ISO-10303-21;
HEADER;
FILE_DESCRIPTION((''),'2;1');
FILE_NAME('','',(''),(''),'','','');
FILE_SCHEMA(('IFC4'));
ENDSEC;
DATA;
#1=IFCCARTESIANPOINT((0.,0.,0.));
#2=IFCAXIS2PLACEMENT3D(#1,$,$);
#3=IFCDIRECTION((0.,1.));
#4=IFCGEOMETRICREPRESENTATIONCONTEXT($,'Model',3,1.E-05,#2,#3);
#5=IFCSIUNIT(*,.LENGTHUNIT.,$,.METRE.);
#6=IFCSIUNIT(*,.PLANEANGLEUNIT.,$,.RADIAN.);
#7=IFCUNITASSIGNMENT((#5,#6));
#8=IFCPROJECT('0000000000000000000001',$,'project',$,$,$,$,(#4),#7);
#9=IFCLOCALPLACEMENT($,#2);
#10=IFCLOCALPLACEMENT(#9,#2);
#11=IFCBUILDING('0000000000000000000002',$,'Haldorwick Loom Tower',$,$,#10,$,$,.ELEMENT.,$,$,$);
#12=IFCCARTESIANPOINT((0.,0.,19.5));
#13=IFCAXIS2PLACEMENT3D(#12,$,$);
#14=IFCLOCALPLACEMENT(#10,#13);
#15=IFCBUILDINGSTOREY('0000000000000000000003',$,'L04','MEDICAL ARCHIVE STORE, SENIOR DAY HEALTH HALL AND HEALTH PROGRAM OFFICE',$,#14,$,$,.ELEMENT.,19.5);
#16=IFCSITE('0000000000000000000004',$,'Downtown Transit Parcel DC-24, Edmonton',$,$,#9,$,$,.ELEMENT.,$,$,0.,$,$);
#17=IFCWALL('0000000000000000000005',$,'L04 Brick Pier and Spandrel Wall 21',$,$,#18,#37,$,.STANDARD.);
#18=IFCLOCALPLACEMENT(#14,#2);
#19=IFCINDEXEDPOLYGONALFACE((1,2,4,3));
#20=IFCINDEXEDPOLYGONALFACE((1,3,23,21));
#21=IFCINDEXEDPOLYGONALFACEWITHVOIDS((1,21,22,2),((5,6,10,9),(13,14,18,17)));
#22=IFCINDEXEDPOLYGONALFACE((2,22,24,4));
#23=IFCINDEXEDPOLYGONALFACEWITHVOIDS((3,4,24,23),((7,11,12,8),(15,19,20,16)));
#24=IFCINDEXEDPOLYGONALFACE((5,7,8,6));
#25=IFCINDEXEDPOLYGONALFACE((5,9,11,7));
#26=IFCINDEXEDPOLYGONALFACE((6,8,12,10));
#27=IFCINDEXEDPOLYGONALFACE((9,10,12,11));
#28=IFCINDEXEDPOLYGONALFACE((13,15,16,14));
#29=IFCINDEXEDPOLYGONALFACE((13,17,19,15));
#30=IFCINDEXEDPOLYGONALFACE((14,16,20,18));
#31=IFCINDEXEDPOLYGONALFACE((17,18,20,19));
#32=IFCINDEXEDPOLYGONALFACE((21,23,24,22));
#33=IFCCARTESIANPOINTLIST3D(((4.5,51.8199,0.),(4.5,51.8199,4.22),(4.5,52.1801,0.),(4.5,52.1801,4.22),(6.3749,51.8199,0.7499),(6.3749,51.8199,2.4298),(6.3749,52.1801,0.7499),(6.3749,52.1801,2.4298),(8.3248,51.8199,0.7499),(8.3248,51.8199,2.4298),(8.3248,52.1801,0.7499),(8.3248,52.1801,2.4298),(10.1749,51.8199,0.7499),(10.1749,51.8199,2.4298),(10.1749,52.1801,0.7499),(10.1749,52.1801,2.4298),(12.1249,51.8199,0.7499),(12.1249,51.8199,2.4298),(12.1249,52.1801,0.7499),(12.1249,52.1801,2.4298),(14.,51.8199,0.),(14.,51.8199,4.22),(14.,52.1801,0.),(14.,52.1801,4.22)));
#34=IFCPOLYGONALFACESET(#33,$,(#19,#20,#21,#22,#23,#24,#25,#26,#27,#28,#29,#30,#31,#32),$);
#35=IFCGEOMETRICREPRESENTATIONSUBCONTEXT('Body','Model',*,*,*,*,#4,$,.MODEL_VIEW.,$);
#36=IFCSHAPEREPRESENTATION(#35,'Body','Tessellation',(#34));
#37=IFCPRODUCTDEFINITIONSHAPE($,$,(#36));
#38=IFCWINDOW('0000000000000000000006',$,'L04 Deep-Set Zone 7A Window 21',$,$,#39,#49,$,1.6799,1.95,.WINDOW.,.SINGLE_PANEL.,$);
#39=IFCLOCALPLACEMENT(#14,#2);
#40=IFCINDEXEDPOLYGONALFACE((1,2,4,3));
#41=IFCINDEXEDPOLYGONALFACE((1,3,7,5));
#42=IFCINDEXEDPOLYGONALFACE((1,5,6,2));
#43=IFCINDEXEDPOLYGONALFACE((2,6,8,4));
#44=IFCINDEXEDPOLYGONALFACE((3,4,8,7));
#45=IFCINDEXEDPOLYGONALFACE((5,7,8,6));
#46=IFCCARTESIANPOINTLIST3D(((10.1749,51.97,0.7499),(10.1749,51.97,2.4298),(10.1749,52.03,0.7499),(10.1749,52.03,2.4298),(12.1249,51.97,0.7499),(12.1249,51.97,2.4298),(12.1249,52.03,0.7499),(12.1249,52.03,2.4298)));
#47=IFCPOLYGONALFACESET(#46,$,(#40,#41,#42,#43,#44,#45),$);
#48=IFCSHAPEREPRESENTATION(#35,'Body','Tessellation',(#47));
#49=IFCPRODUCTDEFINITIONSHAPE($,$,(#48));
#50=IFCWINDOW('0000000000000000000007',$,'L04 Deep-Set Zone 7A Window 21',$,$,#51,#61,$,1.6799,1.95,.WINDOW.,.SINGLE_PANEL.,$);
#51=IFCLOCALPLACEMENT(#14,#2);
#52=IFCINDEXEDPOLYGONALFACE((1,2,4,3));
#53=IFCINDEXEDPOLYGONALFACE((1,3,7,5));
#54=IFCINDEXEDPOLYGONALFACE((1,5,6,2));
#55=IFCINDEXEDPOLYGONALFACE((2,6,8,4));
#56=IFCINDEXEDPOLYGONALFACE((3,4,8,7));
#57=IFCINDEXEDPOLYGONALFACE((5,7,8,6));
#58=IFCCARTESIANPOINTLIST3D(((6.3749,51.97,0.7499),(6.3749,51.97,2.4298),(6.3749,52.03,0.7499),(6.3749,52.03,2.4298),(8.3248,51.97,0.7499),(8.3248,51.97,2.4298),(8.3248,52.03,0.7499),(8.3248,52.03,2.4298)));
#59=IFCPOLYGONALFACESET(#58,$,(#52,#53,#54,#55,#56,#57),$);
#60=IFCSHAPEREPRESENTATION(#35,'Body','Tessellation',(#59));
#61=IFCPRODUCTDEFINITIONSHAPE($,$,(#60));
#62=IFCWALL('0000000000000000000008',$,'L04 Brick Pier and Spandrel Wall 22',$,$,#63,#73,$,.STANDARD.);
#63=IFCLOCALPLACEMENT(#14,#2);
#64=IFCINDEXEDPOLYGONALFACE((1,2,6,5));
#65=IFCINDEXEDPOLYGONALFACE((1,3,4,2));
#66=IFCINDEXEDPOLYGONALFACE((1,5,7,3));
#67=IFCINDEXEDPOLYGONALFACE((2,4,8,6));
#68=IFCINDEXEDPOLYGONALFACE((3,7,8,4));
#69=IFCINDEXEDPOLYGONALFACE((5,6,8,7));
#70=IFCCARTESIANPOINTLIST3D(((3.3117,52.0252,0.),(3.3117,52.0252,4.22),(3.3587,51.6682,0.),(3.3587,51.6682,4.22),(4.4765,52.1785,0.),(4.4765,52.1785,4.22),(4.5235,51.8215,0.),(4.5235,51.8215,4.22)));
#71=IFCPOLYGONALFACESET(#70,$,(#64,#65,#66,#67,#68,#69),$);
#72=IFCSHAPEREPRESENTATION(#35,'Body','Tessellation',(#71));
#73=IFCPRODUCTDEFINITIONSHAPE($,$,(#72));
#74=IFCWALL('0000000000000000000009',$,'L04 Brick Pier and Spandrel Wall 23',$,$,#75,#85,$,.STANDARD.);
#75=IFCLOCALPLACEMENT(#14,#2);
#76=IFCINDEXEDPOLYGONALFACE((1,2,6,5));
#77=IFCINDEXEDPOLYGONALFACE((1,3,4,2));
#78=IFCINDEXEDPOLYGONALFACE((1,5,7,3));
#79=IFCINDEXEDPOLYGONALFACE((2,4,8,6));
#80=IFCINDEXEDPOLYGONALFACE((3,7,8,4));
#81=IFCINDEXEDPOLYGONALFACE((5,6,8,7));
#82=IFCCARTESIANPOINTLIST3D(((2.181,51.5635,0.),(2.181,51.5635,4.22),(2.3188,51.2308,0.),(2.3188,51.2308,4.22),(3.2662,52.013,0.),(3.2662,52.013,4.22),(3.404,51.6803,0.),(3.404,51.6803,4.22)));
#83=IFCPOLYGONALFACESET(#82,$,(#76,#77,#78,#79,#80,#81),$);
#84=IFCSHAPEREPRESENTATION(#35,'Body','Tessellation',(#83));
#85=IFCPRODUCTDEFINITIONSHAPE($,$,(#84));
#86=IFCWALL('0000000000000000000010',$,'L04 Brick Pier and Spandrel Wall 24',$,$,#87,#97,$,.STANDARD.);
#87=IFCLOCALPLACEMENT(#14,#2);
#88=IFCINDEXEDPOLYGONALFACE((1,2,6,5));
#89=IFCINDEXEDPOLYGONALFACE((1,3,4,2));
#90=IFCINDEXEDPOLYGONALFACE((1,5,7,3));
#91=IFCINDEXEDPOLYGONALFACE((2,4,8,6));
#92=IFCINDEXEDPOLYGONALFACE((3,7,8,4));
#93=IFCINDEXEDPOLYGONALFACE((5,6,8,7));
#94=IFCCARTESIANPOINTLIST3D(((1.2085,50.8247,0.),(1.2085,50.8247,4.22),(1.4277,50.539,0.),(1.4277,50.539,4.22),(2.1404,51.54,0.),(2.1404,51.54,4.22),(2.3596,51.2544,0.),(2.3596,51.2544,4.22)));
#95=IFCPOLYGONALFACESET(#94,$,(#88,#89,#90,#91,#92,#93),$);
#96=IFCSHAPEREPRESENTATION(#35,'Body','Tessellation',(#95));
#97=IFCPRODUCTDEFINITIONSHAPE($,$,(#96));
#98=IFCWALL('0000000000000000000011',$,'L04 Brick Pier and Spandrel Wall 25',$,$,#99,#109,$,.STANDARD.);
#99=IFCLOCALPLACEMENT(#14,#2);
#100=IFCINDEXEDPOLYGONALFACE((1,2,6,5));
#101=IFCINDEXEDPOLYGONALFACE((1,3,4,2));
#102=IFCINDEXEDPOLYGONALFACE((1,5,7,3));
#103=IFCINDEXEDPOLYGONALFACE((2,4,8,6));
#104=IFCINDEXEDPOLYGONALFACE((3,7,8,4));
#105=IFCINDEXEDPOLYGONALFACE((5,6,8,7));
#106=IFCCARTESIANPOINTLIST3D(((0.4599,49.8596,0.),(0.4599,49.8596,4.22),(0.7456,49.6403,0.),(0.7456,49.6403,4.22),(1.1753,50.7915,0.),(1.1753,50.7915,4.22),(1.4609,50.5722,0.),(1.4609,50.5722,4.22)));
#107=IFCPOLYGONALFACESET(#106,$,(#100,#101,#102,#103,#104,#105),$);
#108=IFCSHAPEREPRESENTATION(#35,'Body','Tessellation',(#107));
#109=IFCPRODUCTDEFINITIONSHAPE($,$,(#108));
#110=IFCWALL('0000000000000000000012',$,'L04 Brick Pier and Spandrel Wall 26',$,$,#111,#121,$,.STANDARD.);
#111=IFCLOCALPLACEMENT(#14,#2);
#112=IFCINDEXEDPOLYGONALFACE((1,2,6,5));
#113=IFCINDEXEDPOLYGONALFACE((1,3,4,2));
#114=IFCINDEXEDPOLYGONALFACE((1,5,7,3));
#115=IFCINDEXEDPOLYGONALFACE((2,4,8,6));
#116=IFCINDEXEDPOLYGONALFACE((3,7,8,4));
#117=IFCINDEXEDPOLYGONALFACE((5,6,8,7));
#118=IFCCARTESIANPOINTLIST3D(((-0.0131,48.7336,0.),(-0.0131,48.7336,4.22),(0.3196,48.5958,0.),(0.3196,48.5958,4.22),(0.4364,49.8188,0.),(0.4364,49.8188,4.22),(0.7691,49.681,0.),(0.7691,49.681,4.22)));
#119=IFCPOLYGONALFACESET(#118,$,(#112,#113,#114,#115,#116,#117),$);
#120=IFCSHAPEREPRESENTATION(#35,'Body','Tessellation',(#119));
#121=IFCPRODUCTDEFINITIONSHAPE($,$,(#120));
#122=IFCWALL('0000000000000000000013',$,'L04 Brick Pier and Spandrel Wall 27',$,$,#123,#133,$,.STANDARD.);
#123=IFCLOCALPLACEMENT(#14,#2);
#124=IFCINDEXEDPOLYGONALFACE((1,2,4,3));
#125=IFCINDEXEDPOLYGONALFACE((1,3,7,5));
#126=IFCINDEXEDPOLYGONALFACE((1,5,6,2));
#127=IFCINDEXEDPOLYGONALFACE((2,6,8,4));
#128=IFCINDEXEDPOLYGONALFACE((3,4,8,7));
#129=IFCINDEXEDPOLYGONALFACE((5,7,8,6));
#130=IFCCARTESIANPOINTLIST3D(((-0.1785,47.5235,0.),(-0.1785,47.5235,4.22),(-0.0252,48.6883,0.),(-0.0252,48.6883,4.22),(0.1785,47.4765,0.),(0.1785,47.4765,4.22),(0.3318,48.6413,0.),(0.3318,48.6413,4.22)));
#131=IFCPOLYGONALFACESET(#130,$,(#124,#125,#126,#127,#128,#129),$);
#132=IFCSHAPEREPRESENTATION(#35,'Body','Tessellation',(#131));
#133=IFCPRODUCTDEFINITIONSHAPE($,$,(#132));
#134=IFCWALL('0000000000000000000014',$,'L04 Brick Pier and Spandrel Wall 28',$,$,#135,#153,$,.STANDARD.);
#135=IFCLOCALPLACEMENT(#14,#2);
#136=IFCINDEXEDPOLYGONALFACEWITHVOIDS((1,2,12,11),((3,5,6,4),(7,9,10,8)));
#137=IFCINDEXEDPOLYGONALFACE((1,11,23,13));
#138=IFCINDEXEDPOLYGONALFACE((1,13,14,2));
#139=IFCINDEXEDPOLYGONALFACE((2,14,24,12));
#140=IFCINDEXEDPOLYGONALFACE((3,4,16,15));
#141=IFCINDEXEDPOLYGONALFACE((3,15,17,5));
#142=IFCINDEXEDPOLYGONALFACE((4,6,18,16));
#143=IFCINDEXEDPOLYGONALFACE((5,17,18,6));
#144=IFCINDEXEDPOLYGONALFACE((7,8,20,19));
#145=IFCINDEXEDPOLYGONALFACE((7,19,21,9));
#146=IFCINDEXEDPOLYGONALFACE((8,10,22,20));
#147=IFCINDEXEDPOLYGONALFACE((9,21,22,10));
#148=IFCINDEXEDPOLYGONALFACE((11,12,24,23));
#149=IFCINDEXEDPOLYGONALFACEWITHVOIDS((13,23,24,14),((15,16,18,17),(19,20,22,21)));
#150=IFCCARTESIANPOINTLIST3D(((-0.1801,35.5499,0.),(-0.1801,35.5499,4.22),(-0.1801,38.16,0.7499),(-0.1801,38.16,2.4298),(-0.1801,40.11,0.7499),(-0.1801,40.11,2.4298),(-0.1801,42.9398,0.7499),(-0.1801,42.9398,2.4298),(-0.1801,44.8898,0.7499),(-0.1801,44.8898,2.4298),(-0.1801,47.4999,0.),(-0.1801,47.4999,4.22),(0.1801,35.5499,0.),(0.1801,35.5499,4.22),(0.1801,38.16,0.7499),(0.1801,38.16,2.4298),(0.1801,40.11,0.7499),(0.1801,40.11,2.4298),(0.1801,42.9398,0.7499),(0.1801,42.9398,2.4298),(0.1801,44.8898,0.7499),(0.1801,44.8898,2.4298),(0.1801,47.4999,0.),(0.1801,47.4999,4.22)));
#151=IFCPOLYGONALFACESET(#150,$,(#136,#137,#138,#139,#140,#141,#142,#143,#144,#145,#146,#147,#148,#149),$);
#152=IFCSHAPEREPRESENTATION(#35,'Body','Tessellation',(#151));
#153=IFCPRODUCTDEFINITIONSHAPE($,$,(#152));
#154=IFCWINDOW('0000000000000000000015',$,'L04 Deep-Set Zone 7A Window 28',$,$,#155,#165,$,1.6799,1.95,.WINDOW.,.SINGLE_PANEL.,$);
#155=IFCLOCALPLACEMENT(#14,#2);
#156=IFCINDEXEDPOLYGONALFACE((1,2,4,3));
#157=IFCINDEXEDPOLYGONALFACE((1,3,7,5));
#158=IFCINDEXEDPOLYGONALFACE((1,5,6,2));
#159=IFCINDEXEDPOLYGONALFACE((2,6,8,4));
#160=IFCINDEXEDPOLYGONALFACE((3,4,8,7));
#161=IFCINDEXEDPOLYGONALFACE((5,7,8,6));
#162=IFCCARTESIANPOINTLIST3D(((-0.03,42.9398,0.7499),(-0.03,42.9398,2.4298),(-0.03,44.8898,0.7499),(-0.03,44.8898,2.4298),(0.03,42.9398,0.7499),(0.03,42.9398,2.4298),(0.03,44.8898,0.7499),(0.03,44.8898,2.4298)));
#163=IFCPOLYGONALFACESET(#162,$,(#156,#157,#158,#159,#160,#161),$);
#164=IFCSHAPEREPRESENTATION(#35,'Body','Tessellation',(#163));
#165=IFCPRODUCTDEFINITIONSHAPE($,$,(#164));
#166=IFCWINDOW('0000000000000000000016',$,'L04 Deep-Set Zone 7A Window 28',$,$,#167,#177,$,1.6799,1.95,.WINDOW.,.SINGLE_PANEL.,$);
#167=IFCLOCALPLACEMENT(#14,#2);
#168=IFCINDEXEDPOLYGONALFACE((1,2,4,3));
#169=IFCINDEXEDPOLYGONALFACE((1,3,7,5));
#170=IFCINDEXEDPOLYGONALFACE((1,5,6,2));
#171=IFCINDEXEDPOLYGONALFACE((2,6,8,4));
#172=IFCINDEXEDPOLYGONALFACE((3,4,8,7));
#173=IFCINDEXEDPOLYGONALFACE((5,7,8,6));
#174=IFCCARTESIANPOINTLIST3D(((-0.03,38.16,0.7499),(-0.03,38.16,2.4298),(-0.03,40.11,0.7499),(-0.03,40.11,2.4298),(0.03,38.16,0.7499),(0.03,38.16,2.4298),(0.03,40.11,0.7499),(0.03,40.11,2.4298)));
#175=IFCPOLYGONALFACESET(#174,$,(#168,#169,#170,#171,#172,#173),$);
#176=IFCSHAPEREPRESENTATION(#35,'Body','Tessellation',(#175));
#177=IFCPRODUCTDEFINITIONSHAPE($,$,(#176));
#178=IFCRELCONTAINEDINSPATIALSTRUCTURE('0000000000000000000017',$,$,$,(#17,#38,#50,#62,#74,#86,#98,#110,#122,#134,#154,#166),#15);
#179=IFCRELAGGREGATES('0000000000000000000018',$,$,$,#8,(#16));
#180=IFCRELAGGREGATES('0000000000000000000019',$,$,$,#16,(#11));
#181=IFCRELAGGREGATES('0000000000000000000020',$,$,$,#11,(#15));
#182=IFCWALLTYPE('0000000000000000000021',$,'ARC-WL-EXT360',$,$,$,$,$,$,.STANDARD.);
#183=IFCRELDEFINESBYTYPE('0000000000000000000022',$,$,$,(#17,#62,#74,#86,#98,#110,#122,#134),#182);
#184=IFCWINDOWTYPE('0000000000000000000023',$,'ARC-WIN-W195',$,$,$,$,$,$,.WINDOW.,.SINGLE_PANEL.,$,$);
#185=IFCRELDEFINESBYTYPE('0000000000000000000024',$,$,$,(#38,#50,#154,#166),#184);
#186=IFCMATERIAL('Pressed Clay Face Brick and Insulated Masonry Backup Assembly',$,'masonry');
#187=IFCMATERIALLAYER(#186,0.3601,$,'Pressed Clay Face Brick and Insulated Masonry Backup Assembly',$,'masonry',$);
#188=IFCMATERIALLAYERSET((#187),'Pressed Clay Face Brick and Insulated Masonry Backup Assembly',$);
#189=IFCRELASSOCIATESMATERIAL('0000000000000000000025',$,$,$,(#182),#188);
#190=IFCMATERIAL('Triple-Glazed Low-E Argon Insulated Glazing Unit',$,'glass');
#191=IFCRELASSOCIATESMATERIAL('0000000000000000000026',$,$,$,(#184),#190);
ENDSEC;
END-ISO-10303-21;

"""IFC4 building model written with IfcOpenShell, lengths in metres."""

from ifc_helpers import new_model, si_unit, direction, frame, frame_2d, origin, place, context, subcontext, project, spatial, rectangle, extrude, material, layer, layer_set, type_object, element, fill, save


model = new_model("IFC4")

# Units and contexts
model_context = context("Model", 3, precision=1e-05, world=origin(), true_north=direction((0.0, 1.0)))
body_context = subcontext(model_context, "Body", "Model", "MODEL_VIEW")
ifc_project = project(units=[si_unit("LENGTHUNIT", "METRE"), si_unit("PLANEANGLEUNIT", "RADIAN")], contexts=[model_context])

# Site, building, storey
site_placement = place(None, origin())
site = spatial("IfcSite", under=ifc_project, at=site_placement, Name="Downtown Transit Parcel DC-24, Edmonton", CompositionType="ELEMENT", RefElevation=0.0)
building_placement = place(site_placement, origin())
building = spatial("IfcBuilding", under=site, at=building_placement, Name="Haldorwick Loom Tower", CompositionType="ELEMENT")
storey_placement = place(building_placement, frame((0.0, 0.0, 19.5)))
storey = spatial("IfcBuildingStorey", under=building, at=storey_placement, Name="L04", Description="MEDICAL ARCHIVE STORE, SENIOR DAY HEALTH HALL AND HEALTH PROGRAM OFFICE", CompositionType="ELEMENT", Elevation=19.5)

# Wall, openings, windows
ifc_material_1 = material(Name="Pressed Clay Face Brick and Insulated Masonry Backup Assembly", Category="masonry")
ifc_layer_1 = layer(ifc_material_1, 0.3601, Name="Pressed Clay Face Brick and Insulated Masonry Backup Assembly", Category="masonry")
ifc_layer_set_1 = layer_set([ifc_layer_1], Name="Pressed Clay Face Brick and Insulated Masonry Backup Assembly")
wall_type_1 = type_object("IfcWallType", Name="ARC-WL-EXT360", PredefinedType="STANDARD", material=ifc_layer_set_1)
wall_1_placement = place(storey_placement, frame((14.0, 52.0, 0.0), z_axis=(0.0, 0.0, 1.0), x_axis=(-1.0, 0.0, 0.0)))
wall_1 = element("IfcWall", 1, at=wall_1_placement, inside=storey, type_object=wall_type_1, Name="L04 Brick Pier and Spandrel Wall 21", PredefinedType="STANDARD", context=body_context, shape_type="SweptSolid", body=[
    extrude(rectangle(XDim=9.5, YDim=0.3601, at=frame_2d((4.75, 0.0))), origin(), (0.0, 0.0, 1.0), 4.22),
])
opening_1_placement = place(wall_1_placement, frame((1.875, 0.0, 0.75)))
opening_1 = element("IfcOpeningElement", 2, at=opening_1_placement, cuts=wall_1, PredefinedType="OPENING", context=body_context, shape_type="SweptSolid", body=[
    extrude(rectangle(XDim=1.95, YDim=1.6799, at=frame_2d((0.9751, 0.8398))), frame((0.0, 0.1899, 0.0), z_axis=(0.0, -1.0, 0.0), x_axis=(1.0, 0.0, 0.0)), (0.0, 0.0, 1.0), 0.3801),
])
opening_2_placement = place(wall_1_placement, frame((5.675, 0.0, 0.75)))
opening_2 = element("IfcOpeningElement", 3, at=opening_2_placement, cuts=wall_1, PredefinedType="OPENING", context=body_context, shape_type="SweptSolid", body=[
    extrude(rectangle(XDim=1.95, YDim=1.6799, at=frame_2d((0.9751, 0.8398))), frame((0.0, 0.1899, 0.0), z_axis=(0.0, -1.0, 0.0), x_axis=(1.0, 0.0, 0.0)), (0.0, 0.0, 1.0), 0.3801),
])
ifc_material_2 = material(Name="Triple-Glazed Low-E Argon Insulated Glazing Unit", Category="glass")
window_type = type_object("IfcWindowType", Name="ARC-WIN-W195", PartitioningType="SINGLE_PANEL", PredefinedType="WINDOW", material=ifc_material_2)
window_1_placement = place(opening_1_placement, origin())
window_1 = element("IfcWindow", 4, at=window_1_placement, inside=storey, type_object=window_type, Name="L04 Deep-Set Zone 7A Window 21", OverallHeight=1.6799, OverallWidth=1.95, PartitioningType="SINGLE_PANEL", PredefinedType="WINDOW", context=body_context, shape_type="SweptSolid", body=[
    extrude(rectangle(XDim=1.95, YDim=1.6799, at=frame_2d((0.9751, 0.8398))), frame((0.0, 0.03, 0.0), z_axis=(0.0, -1.0, 0.0), x_axis=(1.0, 0.0, 0.0)), (0.0, 0.0, 1.0), 0.0601),
])
fill(opening_1, window_1)
window_2_placement = place(opening_2_placement, origin())
window_2 = element("IfcWindow", 5, at=window_2_placement, inside=storey, type_object=window_type, Name="L04 Deep-Set Zone 7A Window 21", OverallHeight=1.6799, OverallWidth=1.95, PartitioningType="SINGLE_PANEL", PredefinedType="WINDOW", context=body_context, shape_type="SweptSolid", body=[
    extrude(rectangle(XDim=1.95, YDim=1.6799, at=frame_2d((0.9751, 0.8398))), frame((0.0, 0.03, 0.0), z_axis=(0.0, -1.0, 0.0), x_axis=(1.0, 0.0, 0.0)), (0.0, 0.0, 1.0), 0.0601),
])
fill(opening_2, window_2)

# Walls
wall_2_placement = place(storey_placement, frame((4.5, 52.0, 0.0), z_axis=(0.0, 0.0, 1.0), x_axis=(-0.991448, -0.130503, 0.0)))
element("IfcWall", 6, at=wall_2_placement, inside=storey, type_object=wall_type_1, Name="L04 Brick Pier and Spandrel Wall 22", PredefinedType="STANDARD", context=body_context, shape_type="SweptSolid", body=[
    extrude(rectangle(XDim=1.1748, YDim=0.3601, at=frame_2d((0.5874, 0.0))), origin(), (0.0, 0.0, 1.0), 4.22),
])
wall_3_placement = place(storey_placement, frame((3.3352, 51.8467, 0.0), z_axis=(0.0, 0.0, 1.0), x_axis=(-0.923893, -0.382652, 0.0)))
element("IfcWall", 7, at=wall_3_placement, inside=storey, type_object=wall_type_1, Name="L04 Brick Pier and Spandrel Wall 23", PredefinedType="STANDARD", context=body_context, shape_type="SweptSolid", body=[
    extrude(rectangle(XDim=1.1746, YDim=0.3601, at=frame_2d((0.5874, 0.0))), origin(), (0.0, 0.0, 1.0), 4.22),
])
for number, where, z_axis, x_axis, name in (
    (8, (2.25, 51.3972, 0.0), (0.0, 0.0, 1.0), (-0.793242, -0.608907, 0.0), "L04 Brick Pier and Spandrel Wall 24"),
    (9, (1.3181, 50.6819, 0.0), (0.0, 0.0, 1.0), (-0.608907, -0.793242, 0.0), "L04 Brick Pier and Spandrel Wall 25"),
):
    element("IfcWall", number, at=place(storey_placement, frame(where, z_axis=z_axis, x_axis=x_axis)), inside=storey, type_object=wall_type_1, Name=name, PredefinedType="STANDARD", context=body_context, shape_type="SweptSolid", body=[
        extrude(rectangle(XDim=1.1748, YDim=0.3601, at=frame_2d((0.5874, 0.0))), origin(), (0.0, 0.0, 1.0), 4.22),
    ])
wall_4_placement = place(storey_placement, frame((0.6028, 49.75, 0.0), z_axis=(0.0, 0.0, 1.0), x_axis=(-0.382652, -0.923893, 0.0)))
element("IfcWall", 10, at=wall_4_placement, inside=storey, type_object=wall_type_1, Name="L04 Brick Pier and Spandrel Wall 26", PredefinedType="STANDARD", context=body_context, shape_type="SweptSolid", body=[
    extrude(rectangle(XDim=1.1746, YDim=0.3601, at=frame_2d((0.5874, 0.0))), origin(), (0.0, 0.0, 1.0), 4.22),
])
wall_5_placement = place(storey_placement, frame((0.1533, 48.6648, 0.0), z_axis=(0.0, 0.0, 1.0), x_axis=(-0.130503, -0.991448, 0.0)))
element("IfcWall", 11, at=wall_5_placement, inside=storey, type_object=wall_type_1, Name="L04 Brick Pier and Spandrel Wall 27", PredefinedType="STANDARD", context=body_context, shape_type="SweptSolid", body=[
    extrude(rectangle(XDim=1.1748, YDim=0.3601, at=frame_2d((0.5874, 0.0))), origin(), (0.0, 0.0, 1.0), 4.22),
])

# Wall, openings, windows
wall_6_placement = place(storey_placement, frame((0.0, 47.5, 0.0), z_axis=(0.0, 0.0, 1.0), x_axis=(0.0, -1.0, 0.0)))
wall_6 = element("IfcWall", 12, at=wall_6_placement, inside=storey, type_object=wall_type_1, Name="L04 Brick Pier and Spandrel Wall 28", PredefinedType="STANDARD", context=body_context, shape_type="SweptSolid", body=[
    extrude(rectangle(XDim=11.95, YDim=0.3601, at=frame_2d((5.9751, 0.0))), origin(), (0.0, 0.0, 1.0), 4.22),
])
opening_3_placement = place(wall_6_placement, frame((2.6101, 0.0, 0.75)))
opening_3 = element("IfcOpeningElement", 13, at=opening_3_placement, cuts=wall_6, PredefinedType="OPENING", context=body_context, shape_type="SweptSolid", body=[
    extrude(rectangle(XDim=1.95, YDim=1.6799, at=frame_2d((0.9751, 0.8398))), frame((0.0, 0.1899, 0.0), z_axis=(0.0, -1.0, 0.0), x_axis=(1.0, 0.0, 0.0)), (0.0, 0.0, 1.0), 0.3801),
])
opening_4_placement = place(wall_6_placement, frame((7.3899, 0.0, 0.75)))
opening_4 = element("IfcOpeningElement", 14, at=opening_4_placement, cuts=wall_6, PredefinedType="OPENING", context=body_context, shape_type="SweptSolid", body=[
    extrude(rectangle(XDim=1.95, YDim=1.6799, at=frame_2d((0.9751, 0.8398))), frame((0.0, 0.1899, 0.0), z_axis=(0.0, -1.0, 0.0), x_axis=(1.0, 0.0, 0.0)), (0.0, 0.0, 1.0), 0.3801),
])
window_3_placement = place(opening_3_placement, origin())
window_3 = element("IfcWindow", 15, at=window_3_placement, inside=storey, type_object=window_type, Name="L04 Deep-Set Zone 7A Window 28", OverallHeight=1.6799, OverallWidth=1.95, PartitioningType="SINGLE_PANEL", PredefinedType="WINDOW", context=body_context, shape_type="SweptSolid", body=[
    extrude(rectangle(XDim=1.95, YDim=1.6799, at=frame_2d((0.9751, 0.8398))), frame((0.0, 0.03, 0.0), z_axis=(0.0, -1.0, 0.0), x_axis=(1.0, 0.0, 0.0)), (0.0, 0.0, 1.0), 0.0601),
])
fill(opening_3, window_3)
window_4_placement = place(opening_4_placement, origin())
window_4 = element("IfcWindow", 16, at=window_4_placement, inside=storey, type_object=window_type, Name="L04 Deep-Set Zone 7A Window 28", OverallHeight=1.6799, OverallWidth=1.95, PartitioningType="SINGLE_PANEL", PredefinedType="WINDOW", context=body_context, shape_type="SweptSolid", body=[
    extrude(rectangle(XDim=1.95, YDim=1.6799, at=frame_2d((0.9751, 0.8398))), frame((0.0, 0.03, 0.0), z_axis=(0.0, -1.0, 0.0), x_axis=(1.0, 0.0, 0.0)), (0.0, 0.0, 1.0), 0.0601),
])
fill(opening_4, window_4)

save(model, "model.ifc")
